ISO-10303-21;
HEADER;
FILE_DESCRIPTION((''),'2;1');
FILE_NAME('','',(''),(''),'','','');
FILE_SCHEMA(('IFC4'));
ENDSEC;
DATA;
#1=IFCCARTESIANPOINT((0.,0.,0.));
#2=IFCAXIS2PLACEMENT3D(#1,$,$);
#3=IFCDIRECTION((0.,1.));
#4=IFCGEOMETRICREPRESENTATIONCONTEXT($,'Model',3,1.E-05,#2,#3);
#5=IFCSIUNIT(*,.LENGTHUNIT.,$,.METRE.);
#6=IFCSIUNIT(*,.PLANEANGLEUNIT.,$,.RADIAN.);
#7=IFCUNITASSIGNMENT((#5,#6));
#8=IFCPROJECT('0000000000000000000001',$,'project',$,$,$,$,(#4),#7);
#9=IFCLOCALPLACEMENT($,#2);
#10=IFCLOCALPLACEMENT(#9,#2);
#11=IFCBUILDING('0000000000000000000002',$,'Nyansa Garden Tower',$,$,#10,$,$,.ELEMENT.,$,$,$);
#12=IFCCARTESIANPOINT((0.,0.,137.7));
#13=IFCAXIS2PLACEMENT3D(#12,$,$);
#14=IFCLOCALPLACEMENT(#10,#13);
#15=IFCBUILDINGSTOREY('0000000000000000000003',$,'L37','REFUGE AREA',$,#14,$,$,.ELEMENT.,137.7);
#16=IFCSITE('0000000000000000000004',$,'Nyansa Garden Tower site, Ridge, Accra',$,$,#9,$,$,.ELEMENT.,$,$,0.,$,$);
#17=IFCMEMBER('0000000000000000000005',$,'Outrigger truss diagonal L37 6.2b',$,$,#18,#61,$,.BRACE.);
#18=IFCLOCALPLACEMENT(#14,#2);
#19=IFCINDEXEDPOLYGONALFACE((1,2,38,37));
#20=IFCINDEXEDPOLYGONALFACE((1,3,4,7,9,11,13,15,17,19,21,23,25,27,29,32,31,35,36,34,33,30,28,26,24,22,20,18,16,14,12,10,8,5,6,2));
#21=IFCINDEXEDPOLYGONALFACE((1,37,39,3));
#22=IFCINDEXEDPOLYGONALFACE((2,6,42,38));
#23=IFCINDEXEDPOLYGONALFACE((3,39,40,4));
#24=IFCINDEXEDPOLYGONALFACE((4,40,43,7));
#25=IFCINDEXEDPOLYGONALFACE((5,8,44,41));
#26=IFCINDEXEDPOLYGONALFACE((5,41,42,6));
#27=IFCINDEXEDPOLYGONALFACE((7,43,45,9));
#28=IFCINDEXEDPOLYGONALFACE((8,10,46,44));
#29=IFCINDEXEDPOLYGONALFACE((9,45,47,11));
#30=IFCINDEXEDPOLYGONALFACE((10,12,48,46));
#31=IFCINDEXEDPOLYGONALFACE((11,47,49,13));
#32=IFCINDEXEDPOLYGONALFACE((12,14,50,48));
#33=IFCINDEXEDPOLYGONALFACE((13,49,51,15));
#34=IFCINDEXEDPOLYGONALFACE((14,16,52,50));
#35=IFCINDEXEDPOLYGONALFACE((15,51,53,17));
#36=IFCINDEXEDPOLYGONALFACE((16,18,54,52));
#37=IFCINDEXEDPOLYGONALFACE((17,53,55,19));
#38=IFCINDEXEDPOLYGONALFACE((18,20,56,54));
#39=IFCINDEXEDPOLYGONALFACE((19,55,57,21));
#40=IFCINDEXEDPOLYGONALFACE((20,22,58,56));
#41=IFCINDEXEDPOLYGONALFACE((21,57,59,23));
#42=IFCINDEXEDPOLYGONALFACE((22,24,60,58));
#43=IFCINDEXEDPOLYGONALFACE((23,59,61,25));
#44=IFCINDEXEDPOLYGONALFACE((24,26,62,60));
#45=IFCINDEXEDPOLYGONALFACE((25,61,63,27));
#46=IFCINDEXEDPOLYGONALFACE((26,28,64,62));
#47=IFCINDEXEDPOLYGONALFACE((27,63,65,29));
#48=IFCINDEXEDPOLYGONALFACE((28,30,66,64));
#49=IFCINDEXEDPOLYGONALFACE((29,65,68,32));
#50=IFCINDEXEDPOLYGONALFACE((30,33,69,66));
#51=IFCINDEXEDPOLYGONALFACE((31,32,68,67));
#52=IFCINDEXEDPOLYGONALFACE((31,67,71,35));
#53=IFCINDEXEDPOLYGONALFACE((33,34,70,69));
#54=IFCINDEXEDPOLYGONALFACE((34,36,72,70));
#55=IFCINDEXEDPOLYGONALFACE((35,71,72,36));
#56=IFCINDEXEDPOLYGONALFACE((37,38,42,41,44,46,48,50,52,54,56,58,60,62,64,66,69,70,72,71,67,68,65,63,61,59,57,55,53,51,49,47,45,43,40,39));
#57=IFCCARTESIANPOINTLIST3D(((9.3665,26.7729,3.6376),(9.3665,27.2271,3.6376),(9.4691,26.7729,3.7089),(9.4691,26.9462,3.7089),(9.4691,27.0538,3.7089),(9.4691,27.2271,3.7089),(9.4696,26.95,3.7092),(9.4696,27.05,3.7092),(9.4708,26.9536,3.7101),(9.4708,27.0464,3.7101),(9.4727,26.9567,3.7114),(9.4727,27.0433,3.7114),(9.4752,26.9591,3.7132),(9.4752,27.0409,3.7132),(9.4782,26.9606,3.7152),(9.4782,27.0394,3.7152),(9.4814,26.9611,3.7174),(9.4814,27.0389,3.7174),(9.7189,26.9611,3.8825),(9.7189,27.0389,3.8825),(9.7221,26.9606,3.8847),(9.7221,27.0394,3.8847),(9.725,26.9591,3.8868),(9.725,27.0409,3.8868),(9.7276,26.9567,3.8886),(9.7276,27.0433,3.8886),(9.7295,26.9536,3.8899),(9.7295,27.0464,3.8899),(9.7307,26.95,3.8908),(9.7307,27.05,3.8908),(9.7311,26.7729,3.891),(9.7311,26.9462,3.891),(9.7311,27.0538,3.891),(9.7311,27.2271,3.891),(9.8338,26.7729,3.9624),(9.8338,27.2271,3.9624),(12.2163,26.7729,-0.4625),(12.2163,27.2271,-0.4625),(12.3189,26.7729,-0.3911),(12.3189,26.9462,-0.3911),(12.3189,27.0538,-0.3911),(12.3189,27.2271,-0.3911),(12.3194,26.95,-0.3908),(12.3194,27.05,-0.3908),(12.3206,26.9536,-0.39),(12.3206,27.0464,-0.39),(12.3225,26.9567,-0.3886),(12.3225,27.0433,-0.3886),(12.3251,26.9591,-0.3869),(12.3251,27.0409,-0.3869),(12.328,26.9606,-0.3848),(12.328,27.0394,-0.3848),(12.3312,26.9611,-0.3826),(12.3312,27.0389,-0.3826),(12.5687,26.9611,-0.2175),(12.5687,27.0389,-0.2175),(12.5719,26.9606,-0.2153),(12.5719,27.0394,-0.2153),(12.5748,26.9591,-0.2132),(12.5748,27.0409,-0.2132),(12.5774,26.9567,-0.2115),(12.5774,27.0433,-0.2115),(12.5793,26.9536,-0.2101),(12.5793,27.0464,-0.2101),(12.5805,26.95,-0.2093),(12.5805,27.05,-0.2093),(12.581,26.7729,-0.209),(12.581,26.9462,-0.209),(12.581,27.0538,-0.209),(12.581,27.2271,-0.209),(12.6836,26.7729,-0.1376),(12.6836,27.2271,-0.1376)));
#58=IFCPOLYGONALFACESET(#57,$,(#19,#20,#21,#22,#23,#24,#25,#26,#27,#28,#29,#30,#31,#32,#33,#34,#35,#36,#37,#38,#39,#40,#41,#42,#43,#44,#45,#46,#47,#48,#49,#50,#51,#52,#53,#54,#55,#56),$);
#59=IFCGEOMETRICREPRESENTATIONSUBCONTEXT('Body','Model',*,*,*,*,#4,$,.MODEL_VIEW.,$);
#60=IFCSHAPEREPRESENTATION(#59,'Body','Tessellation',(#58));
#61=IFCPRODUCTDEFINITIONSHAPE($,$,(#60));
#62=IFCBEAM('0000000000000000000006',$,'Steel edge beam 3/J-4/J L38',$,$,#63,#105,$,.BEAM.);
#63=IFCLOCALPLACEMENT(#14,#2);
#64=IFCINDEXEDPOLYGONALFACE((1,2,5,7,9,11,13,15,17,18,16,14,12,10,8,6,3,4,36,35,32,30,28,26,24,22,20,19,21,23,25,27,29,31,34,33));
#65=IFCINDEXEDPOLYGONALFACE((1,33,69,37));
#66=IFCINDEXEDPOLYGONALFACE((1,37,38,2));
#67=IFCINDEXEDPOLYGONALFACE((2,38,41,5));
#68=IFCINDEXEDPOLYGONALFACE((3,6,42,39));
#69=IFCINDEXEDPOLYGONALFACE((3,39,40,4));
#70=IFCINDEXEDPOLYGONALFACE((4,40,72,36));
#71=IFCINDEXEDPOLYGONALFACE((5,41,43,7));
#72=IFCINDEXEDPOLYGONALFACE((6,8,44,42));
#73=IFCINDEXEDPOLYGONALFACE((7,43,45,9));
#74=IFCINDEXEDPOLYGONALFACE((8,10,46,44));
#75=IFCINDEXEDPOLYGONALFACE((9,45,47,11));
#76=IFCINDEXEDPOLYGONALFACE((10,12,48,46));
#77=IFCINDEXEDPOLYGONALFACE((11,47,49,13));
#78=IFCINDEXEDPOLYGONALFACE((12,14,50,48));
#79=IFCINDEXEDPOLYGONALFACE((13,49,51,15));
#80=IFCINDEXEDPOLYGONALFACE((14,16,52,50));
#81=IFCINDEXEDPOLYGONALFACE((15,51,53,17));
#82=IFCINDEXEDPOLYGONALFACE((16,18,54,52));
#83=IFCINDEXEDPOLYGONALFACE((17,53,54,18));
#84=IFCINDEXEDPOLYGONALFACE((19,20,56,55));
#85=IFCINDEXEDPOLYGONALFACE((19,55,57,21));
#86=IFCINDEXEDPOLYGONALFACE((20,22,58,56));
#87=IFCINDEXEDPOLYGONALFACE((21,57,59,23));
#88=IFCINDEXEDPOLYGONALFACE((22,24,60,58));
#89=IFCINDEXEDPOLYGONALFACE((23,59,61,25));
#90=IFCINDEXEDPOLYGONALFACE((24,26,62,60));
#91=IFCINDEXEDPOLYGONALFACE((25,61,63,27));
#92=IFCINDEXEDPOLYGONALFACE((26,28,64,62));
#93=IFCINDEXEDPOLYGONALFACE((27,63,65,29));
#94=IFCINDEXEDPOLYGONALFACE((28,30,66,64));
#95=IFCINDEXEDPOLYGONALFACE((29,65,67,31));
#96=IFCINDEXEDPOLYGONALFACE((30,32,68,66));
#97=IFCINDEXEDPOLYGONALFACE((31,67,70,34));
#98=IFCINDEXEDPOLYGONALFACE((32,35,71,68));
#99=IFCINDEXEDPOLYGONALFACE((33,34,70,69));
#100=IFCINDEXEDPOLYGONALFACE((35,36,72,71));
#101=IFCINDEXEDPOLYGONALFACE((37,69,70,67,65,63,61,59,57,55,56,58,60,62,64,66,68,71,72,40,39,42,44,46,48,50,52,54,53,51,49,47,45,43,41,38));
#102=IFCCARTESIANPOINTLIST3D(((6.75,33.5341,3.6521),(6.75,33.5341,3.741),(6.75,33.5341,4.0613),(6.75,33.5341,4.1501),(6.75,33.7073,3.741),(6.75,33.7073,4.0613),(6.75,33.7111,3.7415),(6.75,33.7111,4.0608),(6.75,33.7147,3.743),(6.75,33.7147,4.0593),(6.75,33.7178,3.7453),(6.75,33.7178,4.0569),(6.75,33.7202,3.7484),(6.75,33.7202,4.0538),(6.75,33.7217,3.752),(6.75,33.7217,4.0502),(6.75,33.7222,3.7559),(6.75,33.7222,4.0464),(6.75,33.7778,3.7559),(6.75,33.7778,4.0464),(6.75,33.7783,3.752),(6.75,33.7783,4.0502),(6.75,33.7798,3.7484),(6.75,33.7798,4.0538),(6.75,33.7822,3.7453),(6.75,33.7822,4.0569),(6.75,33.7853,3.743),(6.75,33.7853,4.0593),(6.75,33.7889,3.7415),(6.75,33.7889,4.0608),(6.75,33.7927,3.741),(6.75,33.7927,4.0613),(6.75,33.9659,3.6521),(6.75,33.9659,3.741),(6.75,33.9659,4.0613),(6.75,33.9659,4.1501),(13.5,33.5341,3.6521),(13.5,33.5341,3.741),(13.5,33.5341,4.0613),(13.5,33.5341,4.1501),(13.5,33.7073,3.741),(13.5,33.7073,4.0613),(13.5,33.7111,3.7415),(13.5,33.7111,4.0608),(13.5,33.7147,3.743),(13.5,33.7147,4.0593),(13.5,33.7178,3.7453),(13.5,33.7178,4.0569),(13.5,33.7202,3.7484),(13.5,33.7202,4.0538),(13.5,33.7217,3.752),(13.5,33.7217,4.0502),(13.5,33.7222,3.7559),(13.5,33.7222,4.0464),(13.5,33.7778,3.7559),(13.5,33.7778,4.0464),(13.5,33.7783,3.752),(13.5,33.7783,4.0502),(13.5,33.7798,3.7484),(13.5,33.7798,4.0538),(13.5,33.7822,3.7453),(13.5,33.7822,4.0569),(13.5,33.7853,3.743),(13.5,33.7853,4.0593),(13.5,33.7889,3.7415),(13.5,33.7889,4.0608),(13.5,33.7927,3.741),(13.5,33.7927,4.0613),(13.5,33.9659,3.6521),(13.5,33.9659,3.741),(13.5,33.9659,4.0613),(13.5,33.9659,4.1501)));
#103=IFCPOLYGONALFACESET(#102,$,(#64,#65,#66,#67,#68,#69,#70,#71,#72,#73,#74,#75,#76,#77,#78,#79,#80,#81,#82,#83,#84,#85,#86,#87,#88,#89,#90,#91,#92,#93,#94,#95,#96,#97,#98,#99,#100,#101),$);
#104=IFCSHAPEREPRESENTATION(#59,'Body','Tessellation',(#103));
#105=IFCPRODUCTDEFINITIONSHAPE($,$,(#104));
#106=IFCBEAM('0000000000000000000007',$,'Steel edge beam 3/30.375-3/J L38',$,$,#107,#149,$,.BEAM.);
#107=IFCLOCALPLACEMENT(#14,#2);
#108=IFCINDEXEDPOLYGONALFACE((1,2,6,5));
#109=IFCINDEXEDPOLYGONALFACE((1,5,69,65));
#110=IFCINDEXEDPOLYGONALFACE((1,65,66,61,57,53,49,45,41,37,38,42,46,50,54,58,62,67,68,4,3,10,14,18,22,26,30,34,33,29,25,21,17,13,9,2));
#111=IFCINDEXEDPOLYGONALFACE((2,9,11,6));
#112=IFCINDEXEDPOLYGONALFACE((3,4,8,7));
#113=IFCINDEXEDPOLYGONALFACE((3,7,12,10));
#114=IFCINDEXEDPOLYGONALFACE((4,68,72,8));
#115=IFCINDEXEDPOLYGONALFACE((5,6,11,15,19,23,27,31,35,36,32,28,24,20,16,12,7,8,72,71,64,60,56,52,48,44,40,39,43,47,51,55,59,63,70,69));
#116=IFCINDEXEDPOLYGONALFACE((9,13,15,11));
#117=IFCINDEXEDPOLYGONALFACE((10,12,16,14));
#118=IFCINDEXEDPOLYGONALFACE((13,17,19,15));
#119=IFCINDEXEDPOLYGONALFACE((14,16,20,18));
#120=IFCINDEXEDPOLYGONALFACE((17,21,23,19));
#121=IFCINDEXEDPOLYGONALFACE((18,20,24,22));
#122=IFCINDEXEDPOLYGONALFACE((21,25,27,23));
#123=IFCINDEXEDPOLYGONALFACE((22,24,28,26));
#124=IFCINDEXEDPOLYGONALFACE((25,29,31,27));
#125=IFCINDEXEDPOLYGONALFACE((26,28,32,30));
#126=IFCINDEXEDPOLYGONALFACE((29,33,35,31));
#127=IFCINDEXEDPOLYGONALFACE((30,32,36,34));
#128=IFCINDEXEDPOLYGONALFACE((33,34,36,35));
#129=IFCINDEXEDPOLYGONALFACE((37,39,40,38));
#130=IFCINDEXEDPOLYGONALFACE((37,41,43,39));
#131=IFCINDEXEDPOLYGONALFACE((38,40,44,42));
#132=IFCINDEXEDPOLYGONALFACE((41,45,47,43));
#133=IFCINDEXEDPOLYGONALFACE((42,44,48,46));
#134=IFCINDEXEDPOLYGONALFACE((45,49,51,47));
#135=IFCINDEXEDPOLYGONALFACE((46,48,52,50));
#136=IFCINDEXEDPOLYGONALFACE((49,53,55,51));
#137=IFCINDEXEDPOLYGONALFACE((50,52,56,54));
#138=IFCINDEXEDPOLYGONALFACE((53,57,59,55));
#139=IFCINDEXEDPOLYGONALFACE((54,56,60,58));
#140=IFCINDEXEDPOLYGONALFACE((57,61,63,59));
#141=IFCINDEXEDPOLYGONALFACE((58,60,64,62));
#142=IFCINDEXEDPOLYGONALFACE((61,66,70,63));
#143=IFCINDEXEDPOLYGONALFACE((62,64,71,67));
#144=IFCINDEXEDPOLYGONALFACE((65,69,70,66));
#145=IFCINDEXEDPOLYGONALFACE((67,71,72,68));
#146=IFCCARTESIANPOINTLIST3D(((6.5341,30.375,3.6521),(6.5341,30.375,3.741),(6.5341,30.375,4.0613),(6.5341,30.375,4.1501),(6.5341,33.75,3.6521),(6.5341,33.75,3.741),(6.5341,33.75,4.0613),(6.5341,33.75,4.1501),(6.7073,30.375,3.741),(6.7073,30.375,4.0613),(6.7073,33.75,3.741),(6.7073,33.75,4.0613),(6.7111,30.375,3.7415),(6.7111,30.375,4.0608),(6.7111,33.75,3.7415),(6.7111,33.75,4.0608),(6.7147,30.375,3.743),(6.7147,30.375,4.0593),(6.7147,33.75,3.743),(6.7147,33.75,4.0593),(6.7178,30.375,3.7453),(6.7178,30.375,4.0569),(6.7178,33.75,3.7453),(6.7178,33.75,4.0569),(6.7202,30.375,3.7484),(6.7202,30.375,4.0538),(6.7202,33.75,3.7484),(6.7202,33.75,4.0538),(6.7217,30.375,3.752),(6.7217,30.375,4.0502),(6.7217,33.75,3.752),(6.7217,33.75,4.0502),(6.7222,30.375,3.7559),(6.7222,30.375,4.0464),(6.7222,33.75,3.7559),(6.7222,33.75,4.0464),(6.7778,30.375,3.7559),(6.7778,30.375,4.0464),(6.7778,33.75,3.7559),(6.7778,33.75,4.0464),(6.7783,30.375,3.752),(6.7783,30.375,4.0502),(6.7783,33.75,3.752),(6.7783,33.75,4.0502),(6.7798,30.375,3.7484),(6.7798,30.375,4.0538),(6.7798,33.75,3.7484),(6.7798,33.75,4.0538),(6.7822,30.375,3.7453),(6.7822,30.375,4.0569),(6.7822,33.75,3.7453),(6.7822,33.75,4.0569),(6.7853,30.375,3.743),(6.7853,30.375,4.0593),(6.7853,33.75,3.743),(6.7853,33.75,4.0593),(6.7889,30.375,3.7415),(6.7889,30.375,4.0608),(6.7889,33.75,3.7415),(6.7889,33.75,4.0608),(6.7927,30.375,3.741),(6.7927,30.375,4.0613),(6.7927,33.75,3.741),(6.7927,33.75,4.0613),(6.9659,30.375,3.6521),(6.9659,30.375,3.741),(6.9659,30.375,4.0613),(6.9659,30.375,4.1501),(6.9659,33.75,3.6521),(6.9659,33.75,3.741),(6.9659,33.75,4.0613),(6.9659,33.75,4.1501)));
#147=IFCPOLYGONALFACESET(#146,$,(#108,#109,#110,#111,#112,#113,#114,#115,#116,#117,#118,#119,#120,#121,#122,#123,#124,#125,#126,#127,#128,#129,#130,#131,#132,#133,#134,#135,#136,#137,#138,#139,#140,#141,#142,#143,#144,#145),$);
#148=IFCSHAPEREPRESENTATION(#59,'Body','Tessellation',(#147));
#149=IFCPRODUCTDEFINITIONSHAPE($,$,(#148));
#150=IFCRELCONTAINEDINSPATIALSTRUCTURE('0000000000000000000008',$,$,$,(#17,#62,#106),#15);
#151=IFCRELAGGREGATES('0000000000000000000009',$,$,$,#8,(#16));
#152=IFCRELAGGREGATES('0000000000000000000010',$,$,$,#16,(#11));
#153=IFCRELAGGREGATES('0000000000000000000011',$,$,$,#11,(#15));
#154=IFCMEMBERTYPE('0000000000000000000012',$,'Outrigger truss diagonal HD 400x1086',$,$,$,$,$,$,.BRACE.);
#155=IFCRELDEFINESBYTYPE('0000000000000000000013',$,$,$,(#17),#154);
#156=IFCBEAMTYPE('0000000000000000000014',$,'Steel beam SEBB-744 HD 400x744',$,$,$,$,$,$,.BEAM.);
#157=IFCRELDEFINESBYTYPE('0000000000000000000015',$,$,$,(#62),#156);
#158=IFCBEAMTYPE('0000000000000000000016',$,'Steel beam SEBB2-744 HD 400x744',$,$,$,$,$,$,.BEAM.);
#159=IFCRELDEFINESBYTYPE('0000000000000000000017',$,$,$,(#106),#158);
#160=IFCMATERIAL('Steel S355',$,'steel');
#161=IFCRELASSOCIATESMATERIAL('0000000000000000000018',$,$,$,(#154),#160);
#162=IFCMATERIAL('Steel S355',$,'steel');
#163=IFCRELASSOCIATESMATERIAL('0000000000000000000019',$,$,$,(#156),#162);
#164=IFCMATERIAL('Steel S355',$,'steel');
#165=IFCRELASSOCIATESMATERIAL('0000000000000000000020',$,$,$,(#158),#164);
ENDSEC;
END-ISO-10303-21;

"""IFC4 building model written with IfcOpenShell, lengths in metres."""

from ifc_helpers import new_model, si_unit, direction, frame, origin, origin_2d, place, context, subcontext, project, spatial, i_section, extrude, material, material_profile, profile_set, type_object, element, save


model = new_model("IFC4")

# Units and contexts
model_context = context("Model", 3, precision=1e-05, world=origin(), true_north=direction((0.0, 1.0)))
body_context = subcontext(model_context, "Body", "Model", "MODEL_VIEW")
ifc_project = project(units=[si_unit("LENGTHUNIT", "METRE"), si_unit("PLANEANGLEUNIT", "RADIAN")], contexts=[model_context])

# Site, building, storey
site_placement = place(None, origin())
site = spatial("IfcSite", under=ifc_project, at=site_placement, Name="Nyansa Garden Tower site, Ridge, Accra", CompositionType="ELEMENT", RefElevation=0.0)
building_placement = place(site_placement, origin())
building = spatial("IfcBuilding", under=site, at=building_placement, Name="Nyansa Garden Tower", CompositionType="ELEMENT")
storey_placement = place(building_placement, frame((0.0, 0.0, 137.7)))
storey = spatial("IfcBuildingStorey", under=building, at=storey_placement, Name="L37", Description="REFUGE AREA", CompositionType="ELEMENT", Elevation=137.7)

# Member
ifc_material_1 = material(Name="Steel S355", Category="steel")
ifc_material_profile_1 = material_profile(ifc_material_1, i_section(OverallWidth=0.4541, OverallDepth=0.5691, WebThickness=0.0779, FlangeThickness=0.125, FilletRadius=0.0149, at=origin_2d()), Name="HD 400x1086")
ifc_profile_set_1 = profile_set([ifc_material_profile_1], Name="Steel S355")
member_type_1 = type_object("IfcMemberType", Name="Outrigger truss diagonal HD 400x1086", PredefinedType="BRACE", material=ifc_profile_set_1)
member_1_placement = place(storey_placement, frame((12.45, 27.0, -0.3), z_axis=(-0.570742, 0.0, 0.821129), x_axis=(0.0, -1.0, 0.0)))
element("IfcMember", 1, at=member_1_placement, inside=storey, type_object=member_type_1, Name="Outrigger truss diagonal L37 6.2b", PredefinedType="BRACE", context=body_context, shape_type="SweptSolid", body=[
    extrude(i_section(OverallWidth=0.4541, OverallDepth=0.5691, WebThickness=0.0779, FlangeThickness=0.125, FilletRadius=0.0149, at=origin_2d()), origin(), (0.0, 0.0, 1.0), 4.9932),
])

# Beams
ifc_material_2 = material(Name="Steel S355", Category="steel")
ifc_material_profile_2 = material_profile(ifc_material_2, i_section(OverallWidth=0.4319, OverallDepth=0.498, WebThickness=0.0557, FlangeThickness=0.0889, FilletRadius=0.0149, at=origin_2d()), Name="HD 400x744")
ifc_profile_set_2 = profile_set([ifc_material_profile_2], Name="Steel S355")
beam_type_1 = type_object("IfcBeamType", Name="Steel beam SEBB-744 HD 400x744", PredefinedType="BEAM", material=ifc_profile_set_2)
beam_1_placement = place(storey_placement, frame((6.75, 33.75, 3.9011), z_axis=(1.0, 0.0, 0.0), x_axis=(0.0, 1.0, 0.0)))
element("IfcBeam", 2, at=beam_1_placement, inside=storey, type_object=beam_type_1, Name="Steel edge beam 3/J-4/J L38", PredefinedType="BEAM", context=body_context, shape_type="SweptSolid", body=[
    extrude(i_section(OverallWidth=0.4319, OverallDepth=0.498, WebThickness=0.0557, FlangeThickness=0.0889, FilletRadius=0.0149, at=origin_2d()), origin(), (0.0, 0.0, 1.0), 6.75),
])
ifc_material_3 = material(Name="Steel S355", Category="steel")
ifc_material_profile_3 = material_profile(ifc_material_3, i_section(OverallWidth=0.4319, OverallDepth=0.498, WebThickness=0.0557, FlangeThickness=0.0889, FilletRadius=0.0149, at=origin_2d()), Name="HD 400x744")
ifc_profile_set_3 = profile_set([ifc_material_profile_3], Name="Steel S355")
beam_type_2 = type_object("IfcBeamType", Name="Steel beam SEBB2-744 HD 400x744", PredefinedType="BEAM", material=ifc_profile_set_3)
beam_2_placement = place(storey_placement, frame((6.75, 30.375, 3.9011), z_axis=(0.0, 1.0, 0.0), x_axis=(-1.0, 0.0, 0.0)))
element("IfcBeam", 3, at=beam_2_placement, inside=storey, type_object=beam_type_2, Name="Steel edge beam 3/30.375-3/J L38", PredefinedType="BEAM", context=body_context, shape_type="SweptSolid", body=[
    extrude(i_section(OverallWidth=0.4319, OverallDepth=0.498, WebThickness=0.0557, FlangeThickness=0.0889, FilletRadius=0.0149, at=origin_2d()), origin(), (0.0, 0.0, 1.0), 3.375),
])

save(model, "model.ifc")
